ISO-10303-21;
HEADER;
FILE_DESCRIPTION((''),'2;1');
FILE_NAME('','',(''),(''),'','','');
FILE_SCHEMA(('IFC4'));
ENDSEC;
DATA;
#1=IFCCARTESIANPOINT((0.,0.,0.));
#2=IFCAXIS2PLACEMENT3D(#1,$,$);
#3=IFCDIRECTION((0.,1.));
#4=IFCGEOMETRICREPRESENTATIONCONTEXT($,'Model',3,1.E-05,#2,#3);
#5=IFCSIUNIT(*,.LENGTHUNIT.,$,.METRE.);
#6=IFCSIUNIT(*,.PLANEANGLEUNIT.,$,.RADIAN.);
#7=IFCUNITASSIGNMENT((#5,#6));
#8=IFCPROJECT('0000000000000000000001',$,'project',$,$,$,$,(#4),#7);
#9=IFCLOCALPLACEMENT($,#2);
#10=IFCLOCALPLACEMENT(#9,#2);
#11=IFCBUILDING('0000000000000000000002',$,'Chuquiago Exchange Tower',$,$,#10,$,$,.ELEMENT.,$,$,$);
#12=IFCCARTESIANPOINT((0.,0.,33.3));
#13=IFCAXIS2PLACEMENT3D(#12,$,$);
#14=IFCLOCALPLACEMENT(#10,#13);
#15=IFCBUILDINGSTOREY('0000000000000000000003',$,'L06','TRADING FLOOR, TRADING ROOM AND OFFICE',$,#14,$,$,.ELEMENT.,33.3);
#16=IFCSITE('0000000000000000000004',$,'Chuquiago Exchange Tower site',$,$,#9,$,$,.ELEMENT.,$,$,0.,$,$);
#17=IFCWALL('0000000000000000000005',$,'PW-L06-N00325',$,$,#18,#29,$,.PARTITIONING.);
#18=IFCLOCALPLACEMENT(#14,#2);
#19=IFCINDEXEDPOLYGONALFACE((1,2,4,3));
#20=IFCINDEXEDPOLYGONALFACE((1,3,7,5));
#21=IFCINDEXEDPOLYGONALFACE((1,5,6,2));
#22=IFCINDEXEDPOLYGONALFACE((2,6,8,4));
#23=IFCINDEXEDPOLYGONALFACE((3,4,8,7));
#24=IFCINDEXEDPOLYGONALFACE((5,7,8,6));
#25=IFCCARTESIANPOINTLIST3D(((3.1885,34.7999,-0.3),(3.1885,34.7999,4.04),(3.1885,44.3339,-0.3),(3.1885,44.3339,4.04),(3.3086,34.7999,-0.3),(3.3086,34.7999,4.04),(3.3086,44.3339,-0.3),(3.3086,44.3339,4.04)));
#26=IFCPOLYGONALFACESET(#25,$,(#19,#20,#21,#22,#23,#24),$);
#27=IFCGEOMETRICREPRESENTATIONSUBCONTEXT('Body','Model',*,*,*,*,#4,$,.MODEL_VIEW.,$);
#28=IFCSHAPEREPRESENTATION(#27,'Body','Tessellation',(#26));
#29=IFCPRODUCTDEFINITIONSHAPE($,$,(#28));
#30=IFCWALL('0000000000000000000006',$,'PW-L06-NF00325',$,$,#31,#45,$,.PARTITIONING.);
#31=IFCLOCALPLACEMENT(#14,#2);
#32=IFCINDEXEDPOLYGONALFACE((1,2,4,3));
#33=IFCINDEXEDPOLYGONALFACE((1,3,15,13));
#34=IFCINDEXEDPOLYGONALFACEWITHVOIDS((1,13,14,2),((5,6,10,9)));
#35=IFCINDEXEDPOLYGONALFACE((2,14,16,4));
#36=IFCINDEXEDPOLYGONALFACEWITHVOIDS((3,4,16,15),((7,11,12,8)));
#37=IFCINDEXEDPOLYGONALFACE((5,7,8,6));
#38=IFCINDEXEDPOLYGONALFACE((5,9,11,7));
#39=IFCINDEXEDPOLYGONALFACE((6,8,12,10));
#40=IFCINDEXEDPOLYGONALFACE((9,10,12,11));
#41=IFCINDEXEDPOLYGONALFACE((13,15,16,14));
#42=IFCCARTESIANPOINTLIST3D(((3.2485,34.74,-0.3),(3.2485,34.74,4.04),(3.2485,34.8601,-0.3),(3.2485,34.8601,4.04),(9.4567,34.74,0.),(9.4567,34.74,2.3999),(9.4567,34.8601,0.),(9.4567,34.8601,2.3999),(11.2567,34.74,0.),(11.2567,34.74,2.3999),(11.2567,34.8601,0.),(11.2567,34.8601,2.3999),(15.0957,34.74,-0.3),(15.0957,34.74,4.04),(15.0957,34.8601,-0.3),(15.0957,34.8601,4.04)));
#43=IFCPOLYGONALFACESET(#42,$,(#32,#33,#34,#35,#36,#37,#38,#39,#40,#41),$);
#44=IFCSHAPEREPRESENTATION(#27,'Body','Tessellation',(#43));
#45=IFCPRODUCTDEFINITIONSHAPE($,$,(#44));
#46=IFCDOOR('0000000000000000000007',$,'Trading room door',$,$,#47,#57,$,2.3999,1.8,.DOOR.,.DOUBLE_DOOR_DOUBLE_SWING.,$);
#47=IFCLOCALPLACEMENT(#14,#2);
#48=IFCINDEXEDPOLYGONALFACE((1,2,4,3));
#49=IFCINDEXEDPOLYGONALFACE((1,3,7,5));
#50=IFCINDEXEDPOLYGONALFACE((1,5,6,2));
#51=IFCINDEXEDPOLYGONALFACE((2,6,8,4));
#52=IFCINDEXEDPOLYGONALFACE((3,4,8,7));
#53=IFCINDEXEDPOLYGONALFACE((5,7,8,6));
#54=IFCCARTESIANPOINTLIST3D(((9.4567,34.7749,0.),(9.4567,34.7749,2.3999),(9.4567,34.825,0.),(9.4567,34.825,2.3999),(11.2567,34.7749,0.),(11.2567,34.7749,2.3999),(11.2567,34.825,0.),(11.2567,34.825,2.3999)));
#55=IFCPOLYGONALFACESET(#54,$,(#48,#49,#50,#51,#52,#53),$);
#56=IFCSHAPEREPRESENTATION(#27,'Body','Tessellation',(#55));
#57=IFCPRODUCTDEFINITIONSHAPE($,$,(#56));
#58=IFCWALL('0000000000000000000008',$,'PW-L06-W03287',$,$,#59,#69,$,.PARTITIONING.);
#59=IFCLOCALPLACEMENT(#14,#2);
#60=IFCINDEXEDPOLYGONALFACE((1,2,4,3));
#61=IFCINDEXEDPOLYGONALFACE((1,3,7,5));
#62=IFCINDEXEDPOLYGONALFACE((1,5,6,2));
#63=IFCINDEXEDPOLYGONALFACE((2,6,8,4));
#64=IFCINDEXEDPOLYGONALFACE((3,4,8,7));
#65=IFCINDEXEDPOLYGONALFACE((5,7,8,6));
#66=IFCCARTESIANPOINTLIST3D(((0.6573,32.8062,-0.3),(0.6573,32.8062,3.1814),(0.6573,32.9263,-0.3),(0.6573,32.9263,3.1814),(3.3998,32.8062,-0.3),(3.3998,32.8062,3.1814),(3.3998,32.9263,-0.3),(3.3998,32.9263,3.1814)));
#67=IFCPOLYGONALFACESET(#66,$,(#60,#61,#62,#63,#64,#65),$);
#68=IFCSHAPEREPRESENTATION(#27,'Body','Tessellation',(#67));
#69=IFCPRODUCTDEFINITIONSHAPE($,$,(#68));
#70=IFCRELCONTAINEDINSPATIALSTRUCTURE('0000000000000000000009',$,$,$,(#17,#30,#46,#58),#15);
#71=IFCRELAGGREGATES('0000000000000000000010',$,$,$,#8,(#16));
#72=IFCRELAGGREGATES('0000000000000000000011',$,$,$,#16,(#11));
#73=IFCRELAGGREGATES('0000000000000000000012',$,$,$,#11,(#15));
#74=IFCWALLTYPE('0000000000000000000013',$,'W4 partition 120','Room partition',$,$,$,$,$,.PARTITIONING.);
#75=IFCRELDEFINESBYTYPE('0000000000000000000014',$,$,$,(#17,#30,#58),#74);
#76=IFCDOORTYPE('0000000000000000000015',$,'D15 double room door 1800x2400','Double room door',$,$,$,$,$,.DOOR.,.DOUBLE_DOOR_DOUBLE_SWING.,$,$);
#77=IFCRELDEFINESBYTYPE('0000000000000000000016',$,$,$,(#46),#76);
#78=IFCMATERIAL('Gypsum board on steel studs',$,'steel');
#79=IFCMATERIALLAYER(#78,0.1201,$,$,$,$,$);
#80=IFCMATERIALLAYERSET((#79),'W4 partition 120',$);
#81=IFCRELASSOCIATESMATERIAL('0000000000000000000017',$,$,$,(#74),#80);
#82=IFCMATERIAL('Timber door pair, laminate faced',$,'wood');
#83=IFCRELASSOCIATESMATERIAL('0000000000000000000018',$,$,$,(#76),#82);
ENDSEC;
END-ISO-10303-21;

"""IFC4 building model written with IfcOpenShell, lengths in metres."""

from ifc_helpers import new_model, si_unit, direction, frame, frame_2d, origin, place, context, subcontext, project, spatial, rectangle, extrude, material, layer, layer_set, type_object, element, fill, save


model = new_model("IFC4")

# Units and contexts
model_context = context("Model", 3, precision=1e-05, world=origin(), true_north=direction((0.0, 1.0)))
body_context = subcontext(model_context, "Body", "Model", "MODEL_VIEW")
ifc_project = project(units=[si_unit("LENGTHUNIT", "METRE"), si_unit("PLANEANGLEUNIT", "RADIAN")], contexts=[model_context])

# Site, building, storey
site_placement = place(None, origin())
site = spatial("IfcSite", under=ifc_project, at=site_placement, Name="Chuquiago Exchange Tower site", CompositionType="ELEMENT", RefElevation=0.0)
building_placement = place(site_placement, origin())
building = spatial("IfcBuilding", under=site, at=building_placement, Name="Chuquiago Exchange Tower", CompositionType="ELEMENT")
storey_placement = place(building_placement, frame((0.0, 0.0, 33.3)))
storey = spatial("IfcBuildingStorey", under=building, at=storey_placement, Name="L06", Description="TRADING FLOOR, TRADING ROOM AND OFFICE", CompositionType="ELEMENT", Elevation=33.3)

# Wall
ifc_material_1 = material(Name="Gypsum board on steel studs", Category="steel")
ifc_layer_1 = layer(ifc_material_1, 0.1201)
ifc_layer_set_1 = layer_set([ifc_layer_1], Name="W4 partition 120")
wall_type = type_object("IfcWallType", Name="W4 partition 120", Description="Room partition", PredefinedType="PARTITIONING", material=ifc_layer_set_1)
wall_1_placement = place(storey_placement, frame((3.2485, 44.334, -0.3), z_axis=(0.0, 0.0, 1.0), x_axis=(0.0, -1.0, 0.0)))
element("IfcWall", 1, at=wall_1_placement, inside=storey, type_object=wall_type, Name="PW-L06-N00325", PredefinedType="PARTITIONING", context=body_context, shape_type="SweptSolid", body=[
    extrude(rectangle(XDim=9.5339, YDim=0.1201, at=frame_2d((4.7671, 0.0))), origin(), (0.0, 0.0, 1.0), 4.3401),
])

# Wall, opening, door
wall_2_placement = place(storey_placement, frame((3.2485, 34.8, -0.3), z_axis=(0.0, 0.0, 1.0), x_axis=(1.0, 0.0, 0.0)))
wall_2 = element("IfcWall", 2, at=wall_2_placement, inside=storey, type_object=wall_type, Name="PW-L06-NF00325", PredefinedType="PARTITIONING", context=body_context, shape_type="SweptSolid", body=[
    extrude(rectangle(XDim=11.8472, YDim=0.1201, at=frame_2d((5.9236, 0.0))), origin(), (0.0, 0.0, 1.0), 4.3401),
])
opening_placement = place(wall_2_placement, frame((6.2083, 0.0, 0.3)))
opening = element("IfcOpeningElement", 3, at=opening_placement, cuts=wall_2, PredefinedType="OPENING", context=body_context, shape_type="SweptSolid", body=[
    extrude(rectangle(XDim=1.8, YDim=2.3999, at=frame_2d((0.8999, 1.2))), frame((0.0, 0.0701, 0.0), z_axis=(0.0, -1.0, 0.0), x_axis=(1.0, 0.0, 0.0)), (0.0, 0.0, 1.0), 0.1401),
])
ifc_material_2 = material(Name="Timber door pair, laminate faced", Category="wood")
door_type = type_object("IfcDoorType", Name="D15 double room door 1800x2400", Description="Double room door", OperationType="DOUBLE_DOOR_DOUBLE_SWING", PredefinedType="DOOR", material=ifc_material_2)
door_placement = place(opening_placement, origin())
door = element("IfcDoor", 4, at=door_placement, inside=storey, type_object=door_type, Name="Trading room door", OperationType="DOUBLE_DOOR_DOUBLE_SWING", OverallHeight=2.3999, OverallWidth=1.8, PredefinedType="DOOR", context=body_context, shape_type="SweptSolid", body=[
    extrude(rectangle(XDim=1.8, YDim=2.3999, at=frame_2d((0.8999, 1.2))), frame((0.0, 0.0249, 0.0), z_axis=(0.0, -1.0, 0.0), x_axis=(1.0, 0.0, 0.0)), (0.0, 0.0, 1.0), 0.05),
])
fill(opening, door)

# Wall
wall_3_placement = place(storey_placement, frame((0.6575, 32.8662, -0.3), z_axis=(0.0, 0.0, 1.0), x_axis=(1.0, 0.0, 0.0)))
element("IfcWall", 5, at=wall_3_placement, inside=storey, type_object=wall_type, Name="PW-L06-W03287", PredefinedType="PARTITIONING", context=body_context, shape_type="SweptSolid", body=[
    extrude(rectangle(XDim=2.7424, YDim=0.1201, at=frame_2d((1.3711, 0.0))), origin(), (0.0, 0.0, 1.0), 3.4814),
])

save(model, "model.ifc")
